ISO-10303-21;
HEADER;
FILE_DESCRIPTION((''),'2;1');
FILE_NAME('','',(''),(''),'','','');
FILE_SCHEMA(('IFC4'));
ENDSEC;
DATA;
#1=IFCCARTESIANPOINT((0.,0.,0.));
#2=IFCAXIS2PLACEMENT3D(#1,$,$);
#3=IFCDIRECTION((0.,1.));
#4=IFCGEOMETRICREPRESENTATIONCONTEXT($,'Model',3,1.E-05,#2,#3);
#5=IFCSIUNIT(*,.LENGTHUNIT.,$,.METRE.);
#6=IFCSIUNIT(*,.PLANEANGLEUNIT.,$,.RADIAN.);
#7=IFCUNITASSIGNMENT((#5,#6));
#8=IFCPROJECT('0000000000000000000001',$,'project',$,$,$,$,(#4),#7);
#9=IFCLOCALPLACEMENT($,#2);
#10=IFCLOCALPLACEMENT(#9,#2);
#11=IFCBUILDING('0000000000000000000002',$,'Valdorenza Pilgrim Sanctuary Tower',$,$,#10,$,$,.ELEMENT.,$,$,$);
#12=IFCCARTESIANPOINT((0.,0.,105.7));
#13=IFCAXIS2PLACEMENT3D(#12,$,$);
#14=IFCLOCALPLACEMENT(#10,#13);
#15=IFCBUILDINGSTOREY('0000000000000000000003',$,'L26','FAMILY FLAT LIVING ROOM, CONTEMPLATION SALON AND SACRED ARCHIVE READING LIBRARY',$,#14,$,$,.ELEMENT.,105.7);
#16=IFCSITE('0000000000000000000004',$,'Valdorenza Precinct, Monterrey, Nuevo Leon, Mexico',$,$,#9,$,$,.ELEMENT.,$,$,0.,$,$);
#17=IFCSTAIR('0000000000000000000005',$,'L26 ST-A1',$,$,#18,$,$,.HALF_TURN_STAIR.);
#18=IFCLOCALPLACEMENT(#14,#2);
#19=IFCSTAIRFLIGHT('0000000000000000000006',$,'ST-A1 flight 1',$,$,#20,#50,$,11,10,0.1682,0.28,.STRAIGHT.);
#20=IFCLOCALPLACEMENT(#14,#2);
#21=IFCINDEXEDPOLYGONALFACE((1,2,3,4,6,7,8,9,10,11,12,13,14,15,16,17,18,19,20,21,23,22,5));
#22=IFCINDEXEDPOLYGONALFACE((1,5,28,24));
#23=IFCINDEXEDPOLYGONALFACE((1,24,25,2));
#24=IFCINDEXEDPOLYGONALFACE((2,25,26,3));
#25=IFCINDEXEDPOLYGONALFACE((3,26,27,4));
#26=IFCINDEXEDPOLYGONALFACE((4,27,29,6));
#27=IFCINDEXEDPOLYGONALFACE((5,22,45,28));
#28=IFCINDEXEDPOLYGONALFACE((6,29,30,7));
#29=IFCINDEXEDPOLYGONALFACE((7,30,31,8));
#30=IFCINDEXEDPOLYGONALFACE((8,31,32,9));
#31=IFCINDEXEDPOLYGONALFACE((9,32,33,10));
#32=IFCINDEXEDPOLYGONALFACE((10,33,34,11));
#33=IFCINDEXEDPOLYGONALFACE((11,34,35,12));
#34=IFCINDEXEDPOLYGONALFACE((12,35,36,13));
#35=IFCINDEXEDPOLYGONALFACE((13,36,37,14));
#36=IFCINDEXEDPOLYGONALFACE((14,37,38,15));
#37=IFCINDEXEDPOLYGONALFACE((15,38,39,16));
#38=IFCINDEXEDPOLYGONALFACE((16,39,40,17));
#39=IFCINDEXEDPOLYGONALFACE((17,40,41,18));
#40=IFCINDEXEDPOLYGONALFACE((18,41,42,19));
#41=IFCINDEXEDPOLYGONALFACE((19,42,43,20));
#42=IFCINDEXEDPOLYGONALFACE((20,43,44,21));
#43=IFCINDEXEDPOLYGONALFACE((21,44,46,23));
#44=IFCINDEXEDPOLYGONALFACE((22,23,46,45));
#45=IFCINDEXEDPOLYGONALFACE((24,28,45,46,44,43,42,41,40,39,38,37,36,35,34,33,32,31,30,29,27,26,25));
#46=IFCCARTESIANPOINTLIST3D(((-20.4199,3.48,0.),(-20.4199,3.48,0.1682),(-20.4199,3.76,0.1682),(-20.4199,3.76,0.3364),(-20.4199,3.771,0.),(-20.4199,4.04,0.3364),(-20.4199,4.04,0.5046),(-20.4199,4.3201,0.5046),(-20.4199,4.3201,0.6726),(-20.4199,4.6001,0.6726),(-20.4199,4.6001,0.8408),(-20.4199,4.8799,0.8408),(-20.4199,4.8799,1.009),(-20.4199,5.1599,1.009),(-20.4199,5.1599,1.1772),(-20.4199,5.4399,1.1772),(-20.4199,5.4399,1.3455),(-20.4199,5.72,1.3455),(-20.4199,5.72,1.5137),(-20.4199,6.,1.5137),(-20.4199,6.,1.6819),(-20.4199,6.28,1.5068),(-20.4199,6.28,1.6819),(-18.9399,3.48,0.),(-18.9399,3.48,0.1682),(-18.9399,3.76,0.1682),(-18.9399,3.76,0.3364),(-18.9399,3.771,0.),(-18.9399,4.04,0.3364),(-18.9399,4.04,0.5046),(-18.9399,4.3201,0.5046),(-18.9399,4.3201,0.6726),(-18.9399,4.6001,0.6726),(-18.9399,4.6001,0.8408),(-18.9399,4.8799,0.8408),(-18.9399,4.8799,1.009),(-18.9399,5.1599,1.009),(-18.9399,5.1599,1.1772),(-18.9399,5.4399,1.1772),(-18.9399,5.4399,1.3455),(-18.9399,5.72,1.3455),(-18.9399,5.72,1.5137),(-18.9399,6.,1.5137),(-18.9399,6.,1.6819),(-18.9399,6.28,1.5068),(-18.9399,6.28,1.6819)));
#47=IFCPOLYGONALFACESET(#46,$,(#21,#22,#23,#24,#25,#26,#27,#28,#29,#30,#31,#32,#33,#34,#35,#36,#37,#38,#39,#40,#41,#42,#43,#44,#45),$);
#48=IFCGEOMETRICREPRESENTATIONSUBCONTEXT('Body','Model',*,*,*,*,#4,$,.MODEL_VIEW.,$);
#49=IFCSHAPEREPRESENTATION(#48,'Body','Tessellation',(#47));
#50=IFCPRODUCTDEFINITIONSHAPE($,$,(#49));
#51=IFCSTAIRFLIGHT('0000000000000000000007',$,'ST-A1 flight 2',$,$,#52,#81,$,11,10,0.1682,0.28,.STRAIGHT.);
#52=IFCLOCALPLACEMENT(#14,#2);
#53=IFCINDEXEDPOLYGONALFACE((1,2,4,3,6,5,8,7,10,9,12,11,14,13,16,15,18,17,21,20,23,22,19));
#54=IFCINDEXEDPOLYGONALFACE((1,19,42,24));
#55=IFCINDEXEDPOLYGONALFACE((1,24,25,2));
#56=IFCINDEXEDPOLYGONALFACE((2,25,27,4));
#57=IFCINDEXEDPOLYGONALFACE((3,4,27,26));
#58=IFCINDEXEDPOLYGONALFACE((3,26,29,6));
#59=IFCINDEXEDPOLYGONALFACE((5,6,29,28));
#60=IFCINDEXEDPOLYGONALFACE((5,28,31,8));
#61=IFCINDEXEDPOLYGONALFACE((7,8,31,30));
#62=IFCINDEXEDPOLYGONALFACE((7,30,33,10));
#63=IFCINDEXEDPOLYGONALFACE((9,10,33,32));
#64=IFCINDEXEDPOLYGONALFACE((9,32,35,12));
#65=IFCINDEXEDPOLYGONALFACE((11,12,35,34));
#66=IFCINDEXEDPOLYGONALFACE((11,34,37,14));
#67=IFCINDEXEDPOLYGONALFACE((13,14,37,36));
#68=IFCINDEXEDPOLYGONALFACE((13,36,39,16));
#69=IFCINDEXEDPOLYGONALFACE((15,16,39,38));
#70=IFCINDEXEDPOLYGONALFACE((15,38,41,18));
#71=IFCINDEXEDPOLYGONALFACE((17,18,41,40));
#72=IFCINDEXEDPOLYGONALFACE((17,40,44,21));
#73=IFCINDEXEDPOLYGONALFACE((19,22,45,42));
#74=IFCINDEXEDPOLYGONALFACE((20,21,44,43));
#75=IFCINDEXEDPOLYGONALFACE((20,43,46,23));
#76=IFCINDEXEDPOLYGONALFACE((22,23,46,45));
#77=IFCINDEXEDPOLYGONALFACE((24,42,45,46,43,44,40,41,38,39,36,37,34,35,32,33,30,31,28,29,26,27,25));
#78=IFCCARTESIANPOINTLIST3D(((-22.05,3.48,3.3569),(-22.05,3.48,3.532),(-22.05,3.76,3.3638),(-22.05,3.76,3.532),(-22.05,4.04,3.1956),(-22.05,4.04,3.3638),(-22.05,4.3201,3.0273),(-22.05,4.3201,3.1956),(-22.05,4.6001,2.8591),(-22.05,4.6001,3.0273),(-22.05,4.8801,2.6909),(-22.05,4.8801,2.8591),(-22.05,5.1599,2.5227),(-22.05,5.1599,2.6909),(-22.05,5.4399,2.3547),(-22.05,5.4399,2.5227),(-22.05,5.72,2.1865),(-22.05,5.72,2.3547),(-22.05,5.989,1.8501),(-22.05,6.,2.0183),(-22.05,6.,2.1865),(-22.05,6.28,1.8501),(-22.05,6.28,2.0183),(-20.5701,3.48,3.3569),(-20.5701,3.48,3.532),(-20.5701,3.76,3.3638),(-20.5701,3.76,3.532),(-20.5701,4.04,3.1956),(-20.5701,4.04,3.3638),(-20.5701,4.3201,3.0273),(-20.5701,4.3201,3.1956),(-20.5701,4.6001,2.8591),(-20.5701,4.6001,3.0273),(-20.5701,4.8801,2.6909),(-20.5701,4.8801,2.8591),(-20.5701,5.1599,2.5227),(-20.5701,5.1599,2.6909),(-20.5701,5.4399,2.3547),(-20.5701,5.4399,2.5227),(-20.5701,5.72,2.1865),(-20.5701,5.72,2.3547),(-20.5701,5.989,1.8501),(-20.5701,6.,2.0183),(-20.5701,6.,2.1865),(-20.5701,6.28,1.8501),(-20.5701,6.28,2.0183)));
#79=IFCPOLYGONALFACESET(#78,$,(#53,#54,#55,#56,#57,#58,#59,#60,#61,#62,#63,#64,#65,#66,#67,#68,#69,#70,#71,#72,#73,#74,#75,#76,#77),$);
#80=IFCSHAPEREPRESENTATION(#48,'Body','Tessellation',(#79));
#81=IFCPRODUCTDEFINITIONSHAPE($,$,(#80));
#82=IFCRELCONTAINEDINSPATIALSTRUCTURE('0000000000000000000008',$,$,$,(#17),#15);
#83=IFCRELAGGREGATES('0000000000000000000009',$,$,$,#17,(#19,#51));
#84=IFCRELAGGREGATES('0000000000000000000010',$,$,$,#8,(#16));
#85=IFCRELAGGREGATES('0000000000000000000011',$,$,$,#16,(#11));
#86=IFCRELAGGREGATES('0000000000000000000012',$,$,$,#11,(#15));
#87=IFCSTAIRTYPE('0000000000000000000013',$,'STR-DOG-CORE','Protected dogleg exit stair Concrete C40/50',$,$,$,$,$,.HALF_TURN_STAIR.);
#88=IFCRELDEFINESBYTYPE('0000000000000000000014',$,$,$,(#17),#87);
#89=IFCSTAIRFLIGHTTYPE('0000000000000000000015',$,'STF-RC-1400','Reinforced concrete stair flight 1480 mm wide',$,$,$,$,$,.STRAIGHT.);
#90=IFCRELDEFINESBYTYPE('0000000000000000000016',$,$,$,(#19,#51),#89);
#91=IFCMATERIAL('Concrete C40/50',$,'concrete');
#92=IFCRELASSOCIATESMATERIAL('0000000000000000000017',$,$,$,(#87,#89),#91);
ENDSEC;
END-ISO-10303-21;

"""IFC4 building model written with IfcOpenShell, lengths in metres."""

from ifc_helpers import new_model, si_unit, direction, frame, origin, place, context, subcontext, project, spatial, polyline, outline, extrude, material, type_object, element, aggregate, save


model = new_model("IFC4")

# Units and contexts
model_context = context("Model", 3, precision=1e-05, world=origin(), true_north=direction((0.0, 1.0)))
body_context = subcontext(model_context, "Body", "Model", "MODEL_VIEW")
ifc_project = project(units=[si_unit("LENGTHUNIT", "METRE"), si_unit("PLANEANGLEUNIT", "RADIAN")], contexts=[model_context])

# Site, building, storey
site_placement = place(None, origin())
site = spatial("IfcSite", under=ifc_project, at=site_placement, Name="Valdorenza Precinct, Monterrey, Nuevo Leon, Mexico", CompositionType="ELEMENT", RefElevation=0.0)
building_placement = place(site_placement, origin())
building = spatial("IfcBuilding", under=site, at=building_placement, Name="Valdorenza Pilgrim Sanctuary Tower", CompositionType="ELEMENT")
storey_placement = place(building_placement, frame((0.0, 0.0, 105.7)))
storey = spatial("IfcBuildingStorey", under=building, at=storey_placement, Name="L26", Description="FAMILY FLAT LIVING ROOM, CONTEMPLATION SALON AND SACRED ARCHIVE READING LIBRARY", CompositionType="ELEMENT", Elevation=105.7)

# Shared definitions
ifc_material_1 = material(Name="Concrete C40/50", Category="concrete")

# Stair, stair flights
stair_type = type_object("IfcStairType", Name="STR-DOG-CORE", Description="Protected dogleg exit stair Concrete C40/50", PredefinedType="HALF_TURN_STAIR", material=ifc_material_1)
stair_placement = place(storey_placement, origin())
stair = element("IfcStair", 1, at=stair_placement, inside=storey, type_object=stair_type, Name="L26 ST-A1", PredefinedType="HALF_TURN_STAIR")
stair_flight_type = type_object("IfcStairFlightType", Name="STF-RC-1400", Description="Reinforced concrete stair flight 1480 mm wide", PredefinedType="STRAIGHT", material=ifc_material_1)
stair_flight_1_placement = place(storey_placement, frame((-19.6799, 3.48, 0.0), z_axis=(0.0, 0.0, 1.0), x_axis=(0.0, 1.0, 0.0)))
stair_flight_1 = element("IfcStairFlight", 2, at=stair_flight_1_placement, type_object=stair_flight_type, Name="ST-A1 flight 1", NumberOfRisers=11, NumberOfTreads=10, PredefinedType="STRAIGHT", RiserHeight=0.1682, TreadLength=0.28, context=body_context, shape_type="SweptSolid", body=[
    extrude(outline(polyline([(0.0, 0.0), (0.0, 0.1682), (0.28, 0.1682), (0.28, 0.3364), (0.5601, 0.3364), (0.5601, 0.5046), (0.8401, 0.5046), (0.8401, 0.6726), (1.1201, 0.6726), (1.1201, 0.8408), (1.3999, 0.8408), (1.3999, 1.009), (1.6799, 1.009), (1.6799, 1.1772), (1.96, 1.1772), (1.96, 1.3455), (2.24, 1.3455), (2.24, 1.5137), (2.52, 1.5137), (2.52, 1.6819), (2.8, 1.6819), (2.8, 1.8501), (2.8, 1.5068), (0.291, 0.0), (0.0, 0.0)])), frame((0.0, 0.74, 0.0), z_axis=(0.0, -1.0, 0.0), x_axis=(1.0, 0.0, 0.0)), (0.0, 0.0, 1.0), 1.48),
])
stair_flight_2_placement = place(storey_placement, frame((-21.3101, 6.28, 1.8501), z_axis=(0.0, 0.0, 1.0), x_axis=(0.0, -1.0, 0.0)))
stair_flight_2 = element("IfcStairFlight", 3, at=stair_flight_2_placement, type_object=stair_flight_type, Name="ST-A1 flight 2", NumberOfRisers=11, NumberOfTreads=10, PredefinedType="STRAIGHT", RiserHeight=0.1682, TreadLength=0.28, context=body_context, shape_type="SweptSolid", body=[
    extrude(outline(polyline([(0.0, 0.0), (0.0, 0.1682), (0.28, 0.1682), (0.28, 0.3364), (0.5601, 0.3364), (0.5601, 0.5046), (0.8401, 0.5046), (0.8401, 0.6726), (1.1201, 0.6726), (1.1201, 0.8408), (1.3999, 0.8408), (1.3999, 1.009), (1.6799, 1.009), (1.6799, 1.1772), (1.96, 1.1772), (1.96, 1.3455), (2.24, 1.3455), (2.24, 1.5137), (2.52, 1.5137), (2.52, 1.6819), (2.8, 1.6819), (2.8, 1.8501), (2.8, 1.5068), (0.291, 0.0), (0.0, 0.0)])), frame((0.0, 0.74, 0.0), z_axis=(0.0, -1.0, 0.0), x_axis=(1.0, 0.0, 0.0)), (0.0, 0.0, 1.0), 1.48),
])
aggregate(stair, [stair_flight_1, stair_flight_2])

save(model, "model.ifc")
